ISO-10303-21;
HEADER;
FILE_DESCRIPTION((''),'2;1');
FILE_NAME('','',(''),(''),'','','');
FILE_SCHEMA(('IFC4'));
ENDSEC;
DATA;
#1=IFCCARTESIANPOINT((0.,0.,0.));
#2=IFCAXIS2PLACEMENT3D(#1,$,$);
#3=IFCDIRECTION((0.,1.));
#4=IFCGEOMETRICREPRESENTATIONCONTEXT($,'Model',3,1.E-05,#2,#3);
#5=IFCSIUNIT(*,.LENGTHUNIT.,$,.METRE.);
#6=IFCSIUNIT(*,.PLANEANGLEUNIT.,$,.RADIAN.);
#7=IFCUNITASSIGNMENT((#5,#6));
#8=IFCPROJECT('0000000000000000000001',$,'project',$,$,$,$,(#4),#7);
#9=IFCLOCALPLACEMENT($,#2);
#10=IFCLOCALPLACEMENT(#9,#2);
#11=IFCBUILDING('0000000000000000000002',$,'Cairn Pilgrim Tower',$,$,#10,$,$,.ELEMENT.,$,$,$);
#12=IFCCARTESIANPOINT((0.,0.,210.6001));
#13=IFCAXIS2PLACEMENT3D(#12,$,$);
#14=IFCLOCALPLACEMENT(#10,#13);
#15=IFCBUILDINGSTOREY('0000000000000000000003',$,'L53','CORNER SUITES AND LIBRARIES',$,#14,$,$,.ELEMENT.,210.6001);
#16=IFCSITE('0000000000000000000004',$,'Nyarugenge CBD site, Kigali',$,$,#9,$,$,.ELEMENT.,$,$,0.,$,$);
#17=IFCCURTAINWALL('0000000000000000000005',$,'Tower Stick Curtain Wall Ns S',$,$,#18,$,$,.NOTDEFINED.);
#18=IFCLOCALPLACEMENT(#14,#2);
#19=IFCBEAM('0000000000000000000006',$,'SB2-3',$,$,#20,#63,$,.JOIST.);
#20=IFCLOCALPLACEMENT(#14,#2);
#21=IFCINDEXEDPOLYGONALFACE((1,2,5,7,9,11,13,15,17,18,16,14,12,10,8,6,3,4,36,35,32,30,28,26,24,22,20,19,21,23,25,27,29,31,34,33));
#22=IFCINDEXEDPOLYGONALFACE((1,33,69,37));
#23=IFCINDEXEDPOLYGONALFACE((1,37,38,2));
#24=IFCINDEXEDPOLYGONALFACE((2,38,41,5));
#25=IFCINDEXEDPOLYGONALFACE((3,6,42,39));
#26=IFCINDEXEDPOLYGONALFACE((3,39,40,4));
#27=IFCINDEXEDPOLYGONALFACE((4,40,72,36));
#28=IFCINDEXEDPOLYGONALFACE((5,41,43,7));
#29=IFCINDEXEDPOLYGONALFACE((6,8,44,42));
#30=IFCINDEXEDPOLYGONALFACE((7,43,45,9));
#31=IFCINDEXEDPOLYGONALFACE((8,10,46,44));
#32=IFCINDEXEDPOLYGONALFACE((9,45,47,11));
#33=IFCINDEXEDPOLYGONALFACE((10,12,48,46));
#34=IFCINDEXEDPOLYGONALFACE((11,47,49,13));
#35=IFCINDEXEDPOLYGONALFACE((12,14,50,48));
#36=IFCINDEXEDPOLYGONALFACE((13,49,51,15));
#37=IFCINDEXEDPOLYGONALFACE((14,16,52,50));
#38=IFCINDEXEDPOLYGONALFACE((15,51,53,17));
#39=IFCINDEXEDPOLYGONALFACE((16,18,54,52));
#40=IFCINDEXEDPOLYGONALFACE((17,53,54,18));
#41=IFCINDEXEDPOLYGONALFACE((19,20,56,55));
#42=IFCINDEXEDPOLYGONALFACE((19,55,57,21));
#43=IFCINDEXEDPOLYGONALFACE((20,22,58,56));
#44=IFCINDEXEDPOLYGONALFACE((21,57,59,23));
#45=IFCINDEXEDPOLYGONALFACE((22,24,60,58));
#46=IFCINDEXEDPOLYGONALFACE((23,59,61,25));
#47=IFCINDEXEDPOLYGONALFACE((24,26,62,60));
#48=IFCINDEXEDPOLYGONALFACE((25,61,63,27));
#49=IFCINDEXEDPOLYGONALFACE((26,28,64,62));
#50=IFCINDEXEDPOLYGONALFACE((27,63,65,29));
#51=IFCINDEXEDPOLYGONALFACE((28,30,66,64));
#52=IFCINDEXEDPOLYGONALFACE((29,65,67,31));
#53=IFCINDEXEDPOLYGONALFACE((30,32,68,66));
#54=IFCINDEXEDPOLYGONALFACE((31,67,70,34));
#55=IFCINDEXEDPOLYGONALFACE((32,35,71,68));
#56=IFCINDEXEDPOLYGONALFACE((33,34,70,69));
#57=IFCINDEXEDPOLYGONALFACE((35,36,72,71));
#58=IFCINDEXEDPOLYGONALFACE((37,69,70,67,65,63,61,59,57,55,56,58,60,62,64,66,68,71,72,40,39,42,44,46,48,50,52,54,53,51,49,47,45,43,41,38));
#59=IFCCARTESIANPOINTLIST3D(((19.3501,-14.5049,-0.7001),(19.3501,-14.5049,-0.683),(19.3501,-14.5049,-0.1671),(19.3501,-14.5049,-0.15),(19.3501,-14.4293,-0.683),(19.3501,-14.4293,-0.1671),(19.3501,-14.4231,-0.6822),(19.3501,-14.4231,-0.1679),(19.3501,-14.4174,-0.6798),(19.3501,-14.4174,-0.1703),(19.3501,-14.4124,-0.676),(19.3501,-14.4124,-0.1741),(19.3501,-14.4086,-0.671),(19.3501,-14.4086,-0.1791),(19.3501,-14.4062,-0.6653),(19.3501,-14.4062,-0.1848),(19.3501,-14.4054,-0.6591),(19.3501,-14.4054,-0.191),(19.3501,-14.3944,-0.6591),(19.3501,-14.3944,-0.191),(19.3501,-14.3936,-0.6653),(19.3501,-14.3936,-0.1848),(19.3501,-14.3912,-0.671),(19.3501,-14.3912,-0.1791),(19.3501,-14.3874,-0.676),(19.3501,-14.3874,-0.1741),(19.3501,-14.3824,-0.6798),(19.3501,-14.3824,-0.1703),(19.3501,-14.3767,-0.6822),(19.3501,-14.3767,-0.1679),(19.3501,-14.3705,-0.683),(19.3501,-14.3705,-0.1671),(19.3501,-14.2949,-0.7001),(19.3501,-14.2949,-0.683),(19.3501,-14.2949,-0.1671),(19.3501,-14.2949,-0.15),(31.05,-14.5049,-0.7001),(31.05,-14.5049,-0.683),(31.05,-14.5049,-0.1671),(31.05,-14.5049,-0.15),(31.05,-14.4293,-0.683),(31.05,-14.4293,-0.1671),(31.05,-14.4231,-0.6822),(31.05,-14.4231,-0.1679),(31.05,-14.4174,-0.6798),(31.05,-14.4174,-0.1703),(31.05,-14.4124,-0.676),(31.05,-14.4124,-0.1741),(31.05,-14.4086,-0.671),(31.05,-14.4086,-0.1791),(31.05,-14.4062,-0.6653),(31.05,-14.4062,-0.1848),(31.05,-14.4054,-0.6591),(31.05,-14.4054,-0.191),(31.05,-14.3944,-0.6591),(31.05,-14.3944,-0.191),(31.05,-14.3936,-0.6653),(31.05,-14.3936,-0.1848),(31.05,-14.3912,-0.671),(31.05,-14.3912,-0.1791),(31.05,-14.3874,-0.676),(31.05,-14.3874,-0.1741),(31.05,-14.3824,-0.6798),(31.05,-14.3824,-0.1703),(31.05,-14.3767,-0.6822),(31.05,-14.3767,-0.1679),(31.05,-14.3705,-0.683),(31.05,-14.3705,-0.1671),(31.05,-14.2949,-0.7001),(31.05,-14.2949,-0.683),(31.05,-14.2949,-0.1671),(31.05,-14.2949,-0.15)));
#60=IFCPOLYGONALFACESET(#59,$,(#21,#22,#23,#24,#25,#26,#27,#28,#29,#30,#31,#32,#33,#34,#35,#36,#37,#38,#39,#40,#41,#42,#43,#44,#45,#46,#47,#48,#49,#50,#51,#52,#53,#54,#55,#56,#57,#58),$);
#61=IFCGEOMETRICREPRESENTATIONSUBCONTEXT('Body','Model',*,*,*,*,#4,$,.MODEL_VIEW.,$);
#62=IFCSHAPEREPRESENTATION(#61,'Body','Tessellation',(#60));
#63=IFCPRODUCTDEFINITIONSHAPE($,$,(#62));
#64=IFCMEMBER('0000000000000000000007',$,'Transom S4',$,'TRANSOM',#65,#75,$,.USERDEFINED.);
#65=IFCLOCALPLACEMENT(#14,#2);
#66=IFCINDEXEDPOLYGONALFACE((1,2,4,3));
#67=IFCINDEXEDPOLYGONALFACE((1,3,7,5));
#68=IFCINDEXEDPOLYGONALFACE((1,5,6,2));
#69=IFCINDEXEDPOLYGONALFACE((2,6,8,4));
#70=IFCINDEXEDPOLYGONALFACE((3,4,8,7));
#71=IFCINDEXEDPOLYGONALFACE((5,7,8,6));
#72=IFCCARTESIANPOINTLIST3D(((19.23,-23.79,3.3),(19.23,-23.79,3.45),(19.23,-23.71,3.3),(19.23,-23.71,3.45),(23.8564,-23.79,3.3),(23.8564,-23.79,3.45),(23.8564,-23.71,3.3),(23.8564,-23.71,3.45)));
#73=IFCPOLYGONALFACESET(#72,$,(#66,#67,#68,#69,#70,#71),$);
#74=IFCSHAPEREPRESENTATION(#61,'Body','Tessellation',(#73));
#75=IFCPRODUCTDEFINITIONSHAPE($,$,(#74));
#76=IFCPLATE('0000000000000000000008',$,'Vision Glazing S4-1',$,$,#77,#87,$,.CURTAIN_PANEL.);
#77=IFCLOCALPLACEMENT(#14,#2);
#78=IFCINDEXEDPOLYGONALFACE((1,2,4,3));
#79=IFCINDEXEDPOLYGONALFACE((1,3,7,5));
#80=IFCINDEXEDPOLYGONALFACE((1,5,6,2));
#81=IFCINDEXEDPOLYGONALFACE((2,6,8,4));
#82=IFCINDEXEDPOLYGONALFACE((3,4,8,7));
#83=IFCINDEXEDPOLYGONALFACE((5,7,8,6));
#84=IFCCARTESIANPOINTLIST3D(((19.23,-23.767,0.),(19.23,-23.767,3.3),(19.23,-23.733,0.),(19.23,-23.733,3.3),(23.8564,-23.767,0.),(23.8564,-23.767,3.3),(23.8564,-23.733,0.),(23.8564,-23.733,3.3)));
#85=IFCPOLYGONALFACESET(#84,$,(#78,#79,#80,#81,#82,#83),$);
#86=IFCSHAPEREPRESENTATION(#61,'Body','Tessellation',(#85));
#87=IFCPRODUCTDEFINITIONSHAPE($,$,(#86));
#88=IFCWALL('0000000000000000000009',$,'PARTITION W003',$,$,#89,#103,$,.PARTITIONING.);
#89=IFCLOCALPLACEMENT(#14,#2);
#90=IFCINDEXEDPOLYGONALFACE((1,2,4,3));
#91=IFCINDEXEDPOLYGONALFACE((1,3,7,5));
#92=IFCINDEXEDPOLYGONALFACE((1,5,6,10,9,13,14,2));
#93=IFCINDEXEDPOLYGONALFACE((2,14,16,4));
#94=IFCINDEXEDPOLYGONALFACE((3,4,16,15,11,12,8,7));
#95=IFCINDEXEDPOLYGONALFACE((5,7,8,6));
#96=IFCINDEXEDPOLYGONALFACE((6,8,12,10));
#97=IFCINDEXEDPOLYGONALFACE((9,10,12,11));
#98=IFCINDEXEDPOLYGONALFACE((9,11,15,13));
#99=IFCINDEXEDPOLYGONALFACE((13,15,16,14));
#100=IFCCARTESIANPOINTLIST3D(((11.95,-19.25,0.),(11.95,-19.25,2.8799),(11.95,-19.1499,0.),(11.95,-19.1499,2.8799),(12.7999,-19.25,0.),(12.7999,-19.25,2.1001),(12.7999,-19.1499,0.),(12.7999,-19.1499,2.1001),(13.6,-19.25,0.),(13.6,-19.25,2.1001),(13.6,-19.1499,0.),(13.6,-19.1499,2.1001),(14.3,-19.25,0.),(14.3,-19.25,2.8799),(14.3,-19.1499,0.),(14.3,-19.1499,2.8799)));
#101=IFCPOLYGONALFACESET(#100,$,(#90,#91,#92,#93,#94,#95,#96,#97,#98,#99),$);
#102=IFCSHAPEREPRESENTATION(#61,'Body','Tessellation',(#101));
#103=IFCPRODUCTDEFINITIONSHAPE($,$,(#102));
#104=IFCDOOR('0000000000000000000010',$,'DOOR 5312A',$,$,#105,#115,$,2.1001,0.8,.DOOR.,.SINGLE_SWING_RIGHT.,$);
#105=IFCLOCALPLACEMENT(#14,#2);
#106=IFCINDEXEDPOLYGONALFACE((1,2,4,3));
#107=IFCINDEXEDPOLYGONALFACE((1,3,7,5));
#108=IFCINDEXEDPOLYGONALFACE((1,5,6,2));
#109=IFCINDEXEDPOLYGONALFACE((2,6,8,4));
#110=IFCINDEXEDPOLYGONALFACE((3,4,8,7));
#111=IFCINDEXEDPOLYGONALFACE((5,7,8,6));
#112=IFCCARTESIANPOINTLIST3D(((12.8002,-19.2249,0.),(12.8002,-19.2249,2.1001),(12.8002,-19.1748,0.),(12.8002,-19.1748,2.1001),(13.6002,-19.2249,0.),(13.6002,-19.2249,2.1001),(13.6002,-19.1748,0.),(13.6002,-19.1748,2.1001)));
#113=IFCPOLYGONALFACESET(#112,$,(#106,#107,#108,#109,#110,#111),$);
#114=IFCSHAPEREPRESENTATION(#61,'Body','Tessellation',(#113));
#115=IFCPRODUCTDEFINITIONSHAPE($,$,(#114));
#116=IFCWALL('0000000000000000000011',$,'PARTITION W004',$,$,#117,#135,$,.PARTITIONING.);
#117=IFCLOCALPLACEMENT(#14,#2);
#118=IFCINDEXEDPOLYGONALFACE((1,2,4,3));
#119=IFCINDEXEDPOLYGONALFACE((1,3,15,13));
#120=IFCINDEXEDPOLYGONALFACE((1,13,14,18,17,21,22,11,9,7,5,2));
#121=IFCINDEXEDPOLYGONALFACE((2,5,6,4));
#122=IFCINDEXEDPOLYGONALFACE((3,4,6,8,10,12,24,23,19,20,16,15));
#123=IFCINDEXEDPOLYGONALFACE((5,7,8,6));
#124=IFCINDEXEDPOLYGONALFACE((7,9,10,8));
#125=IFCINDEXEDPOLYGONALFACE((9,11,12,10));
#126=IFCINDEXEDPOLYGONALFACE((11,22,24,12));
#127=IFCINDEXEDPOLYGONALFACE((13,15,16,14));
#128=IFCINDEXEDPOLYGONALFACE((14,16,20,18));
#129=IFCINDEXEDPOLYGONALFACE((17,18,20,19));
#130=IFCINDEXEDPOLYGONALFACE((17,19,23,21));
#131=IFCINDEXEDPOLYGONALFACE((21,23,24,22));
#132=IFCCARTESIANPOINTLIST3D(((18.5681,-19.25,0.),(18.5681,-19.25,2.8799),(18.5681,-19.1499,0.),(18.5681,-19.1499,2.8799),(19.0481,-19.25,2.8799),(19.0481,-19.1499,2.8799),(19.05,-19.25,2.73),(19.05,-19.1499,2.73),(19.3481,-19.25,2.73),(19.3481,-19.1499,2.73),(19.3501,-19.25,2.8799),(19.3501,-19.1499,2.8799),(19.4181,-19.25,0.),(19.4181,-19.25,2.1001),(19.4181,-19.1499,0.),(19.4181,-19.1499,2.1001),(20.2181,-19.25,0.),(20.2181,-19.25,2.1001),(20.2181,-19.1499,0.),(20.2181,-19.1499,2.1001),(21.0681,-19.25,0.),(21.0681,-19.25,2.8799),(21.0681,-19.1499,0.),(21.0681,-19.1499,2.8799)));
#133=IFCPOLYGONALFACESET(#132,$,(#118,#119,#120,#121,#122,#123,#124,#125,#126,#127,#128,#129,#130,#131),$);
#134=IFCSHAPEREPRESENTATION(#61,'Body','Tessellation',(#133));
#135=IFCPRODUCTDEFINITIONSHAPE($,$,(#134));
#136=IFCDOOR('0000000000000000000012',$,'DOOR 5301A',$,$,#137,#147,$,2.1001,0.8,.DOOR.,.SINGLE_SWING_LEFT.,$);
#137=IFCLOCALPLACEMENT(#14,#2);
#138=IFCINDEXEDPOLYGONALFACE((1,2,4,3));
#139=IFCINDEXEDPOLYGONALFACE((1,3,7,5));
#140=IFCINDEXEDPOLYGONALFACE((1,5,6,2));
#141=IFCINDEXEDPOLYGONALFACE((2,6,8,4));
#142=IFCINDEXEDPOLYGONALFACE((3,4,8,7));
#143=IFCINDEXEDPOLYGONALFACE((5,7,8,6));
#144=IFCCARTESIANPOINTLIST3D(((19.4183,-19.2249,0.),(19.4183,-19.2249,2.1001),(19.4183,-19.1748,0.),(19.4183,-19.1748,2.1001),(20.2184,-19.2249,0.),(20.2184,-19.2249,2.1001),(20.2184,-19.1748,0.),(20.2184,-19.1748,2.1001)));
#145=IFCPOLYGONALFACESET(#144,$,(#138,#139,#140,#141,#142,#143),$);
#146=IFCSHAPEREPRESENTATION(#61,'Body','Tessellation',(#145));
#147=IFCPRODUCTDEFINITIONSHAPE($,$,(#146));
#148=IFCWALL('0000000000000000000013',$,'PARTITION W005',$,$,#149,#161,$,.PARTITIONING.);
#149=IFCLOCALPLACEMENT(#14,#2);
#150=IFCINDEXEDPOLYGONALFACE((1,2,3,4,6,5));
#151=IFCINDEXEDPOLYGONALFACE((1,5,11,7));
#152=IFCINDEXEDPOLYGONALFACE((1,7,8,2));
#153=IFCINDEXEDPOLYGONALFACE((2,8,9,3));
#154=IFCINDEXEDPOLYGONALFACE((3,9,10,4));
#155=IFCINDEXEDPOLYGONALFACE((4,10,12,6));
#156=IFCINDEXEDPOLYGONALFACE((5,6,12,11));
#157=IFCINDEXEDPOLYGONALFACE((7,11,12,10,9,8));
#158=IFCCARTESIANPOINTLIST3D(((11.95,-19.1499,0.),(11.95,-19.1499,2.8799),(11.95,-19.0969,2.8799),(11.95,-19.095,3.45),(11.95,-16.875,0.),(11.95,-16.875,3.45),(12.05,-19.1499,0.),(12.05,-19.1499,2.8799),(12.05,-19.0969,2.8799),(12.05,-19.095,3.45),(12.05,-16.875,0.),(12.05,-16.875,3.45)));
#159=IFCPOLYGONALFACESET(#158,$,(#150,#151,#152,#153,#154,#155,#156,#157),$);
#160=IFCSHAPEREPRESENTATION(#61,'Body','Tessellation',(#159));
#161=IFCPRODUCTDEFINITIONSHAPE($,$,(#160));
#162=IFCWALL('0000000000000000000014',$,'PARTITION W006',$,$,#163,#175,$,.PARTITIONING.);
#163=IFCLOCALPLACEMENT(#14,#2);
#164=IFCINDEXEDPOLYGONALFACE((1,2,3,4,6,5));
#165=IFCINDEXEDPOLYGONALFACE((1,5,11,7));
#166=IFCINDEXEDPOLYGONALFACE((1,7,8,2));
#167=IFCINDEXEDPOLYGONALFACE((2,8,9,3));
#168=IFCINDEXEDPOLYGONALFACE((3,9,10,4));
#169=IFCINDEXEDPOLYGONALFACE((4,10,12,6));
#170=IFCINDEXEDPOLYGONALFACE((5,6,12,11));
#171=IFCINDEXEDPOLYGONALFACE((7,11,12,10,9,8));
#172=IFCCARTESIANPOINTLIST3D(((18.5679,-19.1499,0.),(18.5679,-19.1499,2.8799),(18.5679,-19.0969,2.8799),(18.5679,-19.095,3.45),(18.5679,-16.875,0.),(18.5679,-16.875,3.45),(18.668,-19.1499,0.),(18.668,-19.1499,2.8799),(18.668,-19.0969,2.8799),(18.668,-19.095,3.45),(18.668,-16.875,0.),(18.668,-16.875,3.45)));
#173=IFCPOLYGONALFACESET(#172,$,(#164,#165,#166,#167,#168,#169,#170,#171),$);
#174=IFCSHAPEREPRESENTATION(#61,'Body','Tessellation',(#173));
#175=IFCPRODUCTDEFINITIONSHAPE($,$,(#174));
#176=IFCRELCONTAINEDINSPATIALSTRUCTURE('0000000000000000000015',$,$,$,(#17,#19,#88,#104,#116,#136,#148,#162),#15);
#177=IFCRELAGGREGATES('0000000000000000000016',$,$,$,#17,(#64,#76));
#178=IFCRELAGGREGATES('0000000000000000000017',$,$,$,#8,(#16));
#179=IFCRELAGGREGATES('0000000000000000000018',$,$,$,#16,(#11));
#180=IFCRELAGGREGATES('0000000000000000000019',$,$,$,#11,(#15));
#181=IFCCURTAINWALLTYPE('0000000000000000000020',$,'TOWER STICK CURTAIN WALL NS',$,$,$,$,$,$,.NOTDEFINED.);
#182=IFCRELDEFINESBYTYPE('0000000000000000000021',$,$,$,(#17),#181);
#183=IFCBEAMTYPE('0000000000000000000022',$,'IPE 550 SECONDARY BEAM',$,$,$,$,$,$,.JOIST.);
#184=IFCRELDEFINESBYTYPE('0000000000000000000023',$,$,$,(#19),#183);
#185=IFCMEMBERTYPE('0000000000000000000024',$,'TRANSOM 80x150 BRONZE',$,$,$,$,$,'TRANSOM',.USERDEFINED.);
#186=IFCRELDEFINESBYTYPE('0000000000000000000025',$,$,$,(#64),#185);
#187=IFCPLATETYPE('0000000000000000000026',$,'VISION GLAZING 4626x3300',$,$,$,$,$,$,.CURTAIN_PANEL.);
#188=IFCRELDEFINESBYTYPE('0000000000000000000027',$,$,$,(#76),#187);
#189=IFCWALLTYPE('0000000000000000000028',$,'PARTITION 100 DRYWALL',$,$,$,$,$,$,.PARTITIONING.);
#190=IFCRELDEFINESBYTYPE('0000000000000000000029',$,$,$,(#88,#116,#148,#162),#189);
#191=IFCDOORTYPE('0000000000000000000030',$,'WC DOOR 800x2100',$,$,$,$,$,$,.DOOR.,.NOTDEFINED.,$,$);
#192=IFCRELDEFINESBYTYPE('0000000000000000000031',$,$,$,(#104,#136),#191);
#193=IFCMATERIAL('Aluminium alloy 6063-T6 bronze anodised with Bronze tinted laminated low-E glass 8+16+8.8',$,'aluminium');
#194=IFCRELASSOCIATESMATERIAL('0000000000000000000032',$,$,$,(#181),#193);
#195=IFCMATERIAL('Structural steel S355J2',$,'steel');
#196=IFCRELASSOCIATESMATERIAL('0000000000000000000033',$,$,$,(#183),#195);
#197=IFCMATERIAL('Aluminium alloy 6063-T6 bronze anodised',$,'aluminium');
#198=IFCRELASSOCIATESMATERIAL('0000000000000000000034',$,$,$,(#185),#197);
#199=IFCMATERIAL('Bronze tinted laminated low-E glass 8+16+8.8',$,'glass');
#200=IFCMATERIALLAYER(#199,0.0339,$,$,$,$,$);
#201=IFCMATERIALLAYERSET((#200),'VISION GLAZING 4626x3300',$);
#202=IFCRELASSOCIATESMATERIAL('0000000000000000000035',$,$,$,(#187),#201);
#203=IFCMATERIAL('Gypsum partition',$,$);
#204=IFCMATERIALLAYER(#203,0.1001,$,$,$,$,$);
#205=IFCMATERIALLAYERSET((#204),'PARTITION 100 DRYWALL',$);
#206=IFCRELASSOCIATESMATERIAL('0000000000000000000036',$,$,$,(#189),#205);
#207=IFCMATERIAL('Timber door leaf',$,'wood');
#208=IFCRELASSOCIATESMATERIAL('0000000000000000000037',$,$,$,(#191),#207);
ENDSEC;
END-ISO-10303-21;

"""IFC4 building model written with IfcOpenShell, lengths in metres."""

from ifc_helpers import new_model, si_unit, direction, frame, frame_2d, origin, origin_2d, place, context, subcontext, project, spatial, polyline, rectangle, i_section, outline, extrude, material, layer, layer_set, material_profile, profile_set, type_object, element, fill, aggregate, save


model = new_model("IFC4")

# Units and contexts
model_context = context("Model", 3, precision=1e-05, world=origin(), true_north=direction((0.0, 1.0)))
body_context = subcontext(model_context, "Body", "Model", "MODEL_VIEW")
ifc_project = project(units=[si_unit("LENGTHUNIT", "METRE"), si_unit("PLANEANGLEUNIT", "RADIAN")], contexts=[model_context])

# Site, building, storey
site_placement = place(None, origin())
site = spatial("IfcSite", under=ifc_project, at=site_placement, Name="Nyarugenge CBD site, Kigali", CompositionType="ELEMENT", RefElevation=0.0)
building_placement = place(site_placement, origin())
building = spatial("IfcBuilding", under=site, at=building_placement, Name="Cairn Pilgrim Tower", CompositionType="ELEMENT")
storey_placement = place(building_placement, frame((0.0, 0.0, 210.6001)))
storey = spatial("IfcBuildingStorey", under=building, at=storey_placement, Name="L53", Description="CORNER SUITES AND LIBRARIES", CompositionType="ELEMENT", Elevation=210.6001)

# Curtain wall
ifc_material_1 = material(Name="Aluminium alloy 6063-T6 bronze anodised with Bronze tinted laminated low-E glass 8+16+8.8", Category="aluminium")
curtain_wall_type = type_object("IfcCurtainWallType", Name="TOWER STICK CURTAIN WALL NS", PredefinedType="NOTDEFINED", material=ifc_material_1)
curtain_wall_placement = place(storey_placement, origin())
curtain_wall = element("IfcCurtainWall", 1, at=curtain_wall_placement, inside=storey, type_object=curtain_wall_type, Name="Tower Stick Curtain Wall Ns S", PredefinedType="NOTDEFINED")
ifc_material_2 = material(Name="Aluminium alloy 6063-T6 bronze anodised", Category="aluminium")

# Beam
ifc_material_3 = material(Name="Structural steel S355J2", Category="steel")
ifc_material_profile_1 = material_profile(ifc_material_3, i_section(OverallWidth=0.21, OverallDepth=0.55, WebThickness=0.011, FlangeThickness=0.0171, FilletRadius=0.0239, at=origin_2d()), Name="IPE 550")
ifc_profile_set_1 = profile_set([ifc_material_profile_1], Name="Structural steel S355J2")
beam_type_1 = type_object("IfcBeamType", Name="IPE 550 SECONDARY BEAM", PredefinedType="JOIST", material=ifc_profile_set_1)
beam_1_placement = place(storey_placement, frame((19.3501, -14.3999, -0.425), z_axis=(1.0, 0.0, 0.0), x_axis=(0.0, 1.0, 0.0)))
element("IfcBeam", 2, at=beam_1_placement, inside=storey, type_object=beam_type_1, Name="SB2-3", PredefinedType="JOIST", context=body_context, shape_type="SweptSolid", body=[
    extrude(i_section(OverallWidth=0.21, OverallDepth=0.55, WebThickness=0.011, FlangeThickness=0.0171, FilletRadius=0.0239, at=origin_2d()), origin(), (0.0, 0.0, 1.0), 11.7),
])

# Member
ifc_material_profile_2 = material_profile(ifc_material_2, rectangle(XDim=0.0801, YDim=0.1499, at=origin_2d()), Name="TRANSOM 80x150 BRONZE")
ifc_profile_set_2 = profile_set([ifc_material_profile_2], Name="Aluminium alloy 6063-T6 bronze anodised")
member_type_1 = type_object("IfcMemberType", Name="TRANSOM 80x150 BRONZE", ElementType="TRANSOM", PredefinedType="USERDEFINED", material=ifc_profile_set_2)
member_1_placement = place(storey_placement, frame((19.23, -23.75, 3.375), z_axis=(1.0, 0.0, 0.0), x_axis=(0.0, 1.0, 0.0)))
member_1 = element("IfcMember", 3, at=member_1_placement, type_object=member_type_1, Name="Transom S4", ObjectType="TRANSOM", PredefinedType="USERDEFINED", context=body_context, shape_type="SweptSolid", body=[
    extrude(rectangle(XDim=0.0801, YDim=0.1499, at=origin_2d()), origin(), (0.0, 0.0, 1.0), 4.6265),
])

# Plate
ifc_material_4 = material(Name="Bronze tinted laminated low-E glass 8+16+8.8", Category="glass")
ifc_layer_1 = layer(ifc_material_4, 0.0339)
ifc_layer_set_1 = layer_set([ifc_layer_1], Name="VISION GLAZING 4626x3300")
plate_type = type_object("IfcPlateType", Name="VISION GLAZING 4626x3300", PredefinedType="CURTAIN_PANEL", material=ifc_layer_set_1)
plate_placement = place(storey_placement, frame((21.5432, -23.75, 0.0), z_axis=(0.0, 0.0, 1.0), x_axis=(1.0, 0.0, 0.0)))
plate = element("IfcPlate", 4, at=plate_placement, type_object=plate_type, Name="Vision Glazing S4-1", PredefinedType="CURTAIN_PANEL", context=body_context, shape_type="SweptSolid", body=[
    extrude(rectangle(XDim=4.6265, YDim=0.0339, at=origin_2d()), origin(), (0.0, 0.0, 1.0), 3.3),
])
aggregate(curtain_wall, [member_1, plate])

# Walls, openings, doors
ifc_material_5 = material(Name="Gypsum partition")
ifc_layer_2 = layer(ifc_material_5, 0.1001)
ifc_layer_set_2 = layer_set([ifc_layer_2], Name="PARTITION 100 DRYWALL")
wall_type_1 = type_object("IfcWallType", Name="PARTITION 100 DRYWALL", PredefinedType="PARTITIONING", material=ifc_layer_set_2)
wall_1_placement = place(storey_placement, frame((11.95, -19.2, 0.0), z_axis=(0.0, 0.0, 1.0), x_axis=(1.0, 0.0, 0.0)))
wall_1 = element("IfcWall", 5, at=wall_1_placement, inside=storey, type_object=wall_type_1, Name="PARTITION W003", PredefinedType="PARTITIONING", context=body_context, shape_type="SweptSolid", body=[
    extrude(rectangle(XDim=2.3501, YDim=0.1001, at=frame_2d((1.175, 0.0))), origin(), (0.0, 0.0, 1.0), 2.8799),
])
opening_1_placement = place(wall_1_placement, frame((0.8501, 0.0, 0.0)))
opening_1 = element("IfcOpeningElement", 6, at=opening_1_placement, cuts=wall_1, PredefinedType="OPENING", context=body_context, shape_type="SweptSolid", body=[
    extrude(rectangle(XDim=0.8, YDim=2.1001, at=frame_2d((0.3999, 1.05))), frame((0.0, 0.0601, 0.0), z_axis=(0.0, -1.0, 0.0), x_axis=(1.0, 0.0, 0.0)), (0.0, 0.0, 1.0), 0.1201),
])
ifc_material_6 = material(Name="Timber door leaf", Category="wood")
door_type_1 = type_object("IfcDoorType", Name="WC DOOR 800x2100", OperationType="NOTDEFINED", PredefinedType="DOOR", material=ifc_material_6)
door_1_placement = place(opening_1_placement, frame((0.8, 0.0, 0.0), z_axis=(0.0, 0.0, 1.0), x_axis=(-1.0, 0.0, 0.0)))
door_1 = element("IfcDoor", 7, at=door_1_placement, inside=storey, type_object=door_type_1, Name="DOOR 5312A", OperationType="SINGLE_SWING_RIGHT", OverallHeight=2.1001, OverallWidth=0.8, PredefinedType="DOOR", context=body_context, shape_type="SweptSolid", body=[
    extrude(rectangle(XDim=0.8, YDim=2.1001, at=frame_2d((0.3999, 1.05))), frame((0.0, 0.0249, 0.0), z_axis=(0.0, -1.0, 0.0), x_axis=(1.0, 0.0, 0.0)), (0.0, 0.0, 1.0), 0.05),
])
fill(opening_1, door_1)
wall_2_placement = place(storey_placement, frame((18.5681, -19.2, 0.0), z_axis=(0.0, 0.0, 1.0), x_axis=(1.0, 0.0, 0.0)))
wall_2 = element("IfcWall", 8, at=wall_2_placement, inside=storey, type_object=wall_type_1, Name="PARTITION W004", PredefinedType="PARTITIONING", context=body_context, shape_type="SweptSolid", body=[
    extrude(outline(polyline([(0.0, 0.0), (2.5, 0.0), (2.5, 2.8799), (0.782, 2.8799), (0.78, 2.73), (0.4819, 2.73), (0.48, 2.8799), (0.0, 2.8799), (0.0, 0.0)])), frame((0.0, 0.05, 0.0), z_axis=(0.0, -1.0, 0.0), x_axis=(1.0, 0.0, 0.0)), (0.0, 0.0, 1.0), 0.1001),
])
opening_2_placement = place(wall_2_placement, frame((0.8501, 0.0, 0.0)))
opening_2 = element("IfcOpeningElement", 9, at=opening_2_placement, cuts=wall_2, PredefinedType="OPENING", context=body_context, shape_type="SweptSolid", body=[
    extrude(rectangle(XDim=0.8, YDim=2.1001, at=frame_2d((0.3999, 1.05))), frame((0.0, 0.0601, 0.0), z_axis=(0.0, -1.0, 0.0), x_axis=(1.0, 0.0, 0.0)), (0.0, 0.0, 1.0), 0.1201),
])
door_2_placement = place(opening_2_placement, frame((0.8, 0.0, 0.0), z_axis=(0.0, 0.0, 1.0), x_axis=(-1.0, 0.0, 0.0)))
door_2 = element("IfcDoor", 10, at=door_2_placement, inside=storey, type_object=door_type_1, Name="DOOR 5301A", OperationType="SINGLE_SWING_LEFT", OverallHeight=2.1001, OverallWidth=0.8, PredefinedType="DOOR", context=body_context, shape_type="SweptSolid", body=[
    extrude(rectangle(XDim=0.8, YDim=2.1001, at=frame_2d((0.3999, 1.05))), frame((0.0, 0.0249, 0.0), z_axis=(0.0, -1.0, 0.0), x_axis=(1.0, 0.0, 0.0)), (0.0, 0.0, 1.0), 0.05),
])
fill(opening_2, door_2)

# Walls
for number, where, z_axis, x_axis, name in (
    (11, (12.0, -19.1499, 0.0), (0.0, 0.0, 1.0), (0.0, 1.0, 0.0), "PARTITION W005"),
    (12, (18.6179, -19.1499, 0.0), (0.0, 0.0, 1.0), (0.0, 1.0, 0.0), "PARTITION W006"),
):
    element("IfcWall", number, at=place(storey_placement, frame(where, z_axis=z_axis, x_axis=x_axis)), inside=storey, type_object=wall_type_1, Name=name, PredefinedType="PARTITIONING", context=body_context, shape_type="SweptSolid", body=[
        extrude(outline(polyline([(0.0, 0.0), (2.2749, 0.0), (2.2749, 3.45), (0.0549, 3.45), (0.053, 2.8799), (0.0, 2.8799), (0.0, 0.0)])), frame((0.0, 0.05, 0.0), z_axis=(0.0, -1.0, 0.0), x_axis=(1.0, 0.0, 0.0)), (0.0, 0.0, 1.0), 0.1001),
    ])

save(model, "model.ifc")
